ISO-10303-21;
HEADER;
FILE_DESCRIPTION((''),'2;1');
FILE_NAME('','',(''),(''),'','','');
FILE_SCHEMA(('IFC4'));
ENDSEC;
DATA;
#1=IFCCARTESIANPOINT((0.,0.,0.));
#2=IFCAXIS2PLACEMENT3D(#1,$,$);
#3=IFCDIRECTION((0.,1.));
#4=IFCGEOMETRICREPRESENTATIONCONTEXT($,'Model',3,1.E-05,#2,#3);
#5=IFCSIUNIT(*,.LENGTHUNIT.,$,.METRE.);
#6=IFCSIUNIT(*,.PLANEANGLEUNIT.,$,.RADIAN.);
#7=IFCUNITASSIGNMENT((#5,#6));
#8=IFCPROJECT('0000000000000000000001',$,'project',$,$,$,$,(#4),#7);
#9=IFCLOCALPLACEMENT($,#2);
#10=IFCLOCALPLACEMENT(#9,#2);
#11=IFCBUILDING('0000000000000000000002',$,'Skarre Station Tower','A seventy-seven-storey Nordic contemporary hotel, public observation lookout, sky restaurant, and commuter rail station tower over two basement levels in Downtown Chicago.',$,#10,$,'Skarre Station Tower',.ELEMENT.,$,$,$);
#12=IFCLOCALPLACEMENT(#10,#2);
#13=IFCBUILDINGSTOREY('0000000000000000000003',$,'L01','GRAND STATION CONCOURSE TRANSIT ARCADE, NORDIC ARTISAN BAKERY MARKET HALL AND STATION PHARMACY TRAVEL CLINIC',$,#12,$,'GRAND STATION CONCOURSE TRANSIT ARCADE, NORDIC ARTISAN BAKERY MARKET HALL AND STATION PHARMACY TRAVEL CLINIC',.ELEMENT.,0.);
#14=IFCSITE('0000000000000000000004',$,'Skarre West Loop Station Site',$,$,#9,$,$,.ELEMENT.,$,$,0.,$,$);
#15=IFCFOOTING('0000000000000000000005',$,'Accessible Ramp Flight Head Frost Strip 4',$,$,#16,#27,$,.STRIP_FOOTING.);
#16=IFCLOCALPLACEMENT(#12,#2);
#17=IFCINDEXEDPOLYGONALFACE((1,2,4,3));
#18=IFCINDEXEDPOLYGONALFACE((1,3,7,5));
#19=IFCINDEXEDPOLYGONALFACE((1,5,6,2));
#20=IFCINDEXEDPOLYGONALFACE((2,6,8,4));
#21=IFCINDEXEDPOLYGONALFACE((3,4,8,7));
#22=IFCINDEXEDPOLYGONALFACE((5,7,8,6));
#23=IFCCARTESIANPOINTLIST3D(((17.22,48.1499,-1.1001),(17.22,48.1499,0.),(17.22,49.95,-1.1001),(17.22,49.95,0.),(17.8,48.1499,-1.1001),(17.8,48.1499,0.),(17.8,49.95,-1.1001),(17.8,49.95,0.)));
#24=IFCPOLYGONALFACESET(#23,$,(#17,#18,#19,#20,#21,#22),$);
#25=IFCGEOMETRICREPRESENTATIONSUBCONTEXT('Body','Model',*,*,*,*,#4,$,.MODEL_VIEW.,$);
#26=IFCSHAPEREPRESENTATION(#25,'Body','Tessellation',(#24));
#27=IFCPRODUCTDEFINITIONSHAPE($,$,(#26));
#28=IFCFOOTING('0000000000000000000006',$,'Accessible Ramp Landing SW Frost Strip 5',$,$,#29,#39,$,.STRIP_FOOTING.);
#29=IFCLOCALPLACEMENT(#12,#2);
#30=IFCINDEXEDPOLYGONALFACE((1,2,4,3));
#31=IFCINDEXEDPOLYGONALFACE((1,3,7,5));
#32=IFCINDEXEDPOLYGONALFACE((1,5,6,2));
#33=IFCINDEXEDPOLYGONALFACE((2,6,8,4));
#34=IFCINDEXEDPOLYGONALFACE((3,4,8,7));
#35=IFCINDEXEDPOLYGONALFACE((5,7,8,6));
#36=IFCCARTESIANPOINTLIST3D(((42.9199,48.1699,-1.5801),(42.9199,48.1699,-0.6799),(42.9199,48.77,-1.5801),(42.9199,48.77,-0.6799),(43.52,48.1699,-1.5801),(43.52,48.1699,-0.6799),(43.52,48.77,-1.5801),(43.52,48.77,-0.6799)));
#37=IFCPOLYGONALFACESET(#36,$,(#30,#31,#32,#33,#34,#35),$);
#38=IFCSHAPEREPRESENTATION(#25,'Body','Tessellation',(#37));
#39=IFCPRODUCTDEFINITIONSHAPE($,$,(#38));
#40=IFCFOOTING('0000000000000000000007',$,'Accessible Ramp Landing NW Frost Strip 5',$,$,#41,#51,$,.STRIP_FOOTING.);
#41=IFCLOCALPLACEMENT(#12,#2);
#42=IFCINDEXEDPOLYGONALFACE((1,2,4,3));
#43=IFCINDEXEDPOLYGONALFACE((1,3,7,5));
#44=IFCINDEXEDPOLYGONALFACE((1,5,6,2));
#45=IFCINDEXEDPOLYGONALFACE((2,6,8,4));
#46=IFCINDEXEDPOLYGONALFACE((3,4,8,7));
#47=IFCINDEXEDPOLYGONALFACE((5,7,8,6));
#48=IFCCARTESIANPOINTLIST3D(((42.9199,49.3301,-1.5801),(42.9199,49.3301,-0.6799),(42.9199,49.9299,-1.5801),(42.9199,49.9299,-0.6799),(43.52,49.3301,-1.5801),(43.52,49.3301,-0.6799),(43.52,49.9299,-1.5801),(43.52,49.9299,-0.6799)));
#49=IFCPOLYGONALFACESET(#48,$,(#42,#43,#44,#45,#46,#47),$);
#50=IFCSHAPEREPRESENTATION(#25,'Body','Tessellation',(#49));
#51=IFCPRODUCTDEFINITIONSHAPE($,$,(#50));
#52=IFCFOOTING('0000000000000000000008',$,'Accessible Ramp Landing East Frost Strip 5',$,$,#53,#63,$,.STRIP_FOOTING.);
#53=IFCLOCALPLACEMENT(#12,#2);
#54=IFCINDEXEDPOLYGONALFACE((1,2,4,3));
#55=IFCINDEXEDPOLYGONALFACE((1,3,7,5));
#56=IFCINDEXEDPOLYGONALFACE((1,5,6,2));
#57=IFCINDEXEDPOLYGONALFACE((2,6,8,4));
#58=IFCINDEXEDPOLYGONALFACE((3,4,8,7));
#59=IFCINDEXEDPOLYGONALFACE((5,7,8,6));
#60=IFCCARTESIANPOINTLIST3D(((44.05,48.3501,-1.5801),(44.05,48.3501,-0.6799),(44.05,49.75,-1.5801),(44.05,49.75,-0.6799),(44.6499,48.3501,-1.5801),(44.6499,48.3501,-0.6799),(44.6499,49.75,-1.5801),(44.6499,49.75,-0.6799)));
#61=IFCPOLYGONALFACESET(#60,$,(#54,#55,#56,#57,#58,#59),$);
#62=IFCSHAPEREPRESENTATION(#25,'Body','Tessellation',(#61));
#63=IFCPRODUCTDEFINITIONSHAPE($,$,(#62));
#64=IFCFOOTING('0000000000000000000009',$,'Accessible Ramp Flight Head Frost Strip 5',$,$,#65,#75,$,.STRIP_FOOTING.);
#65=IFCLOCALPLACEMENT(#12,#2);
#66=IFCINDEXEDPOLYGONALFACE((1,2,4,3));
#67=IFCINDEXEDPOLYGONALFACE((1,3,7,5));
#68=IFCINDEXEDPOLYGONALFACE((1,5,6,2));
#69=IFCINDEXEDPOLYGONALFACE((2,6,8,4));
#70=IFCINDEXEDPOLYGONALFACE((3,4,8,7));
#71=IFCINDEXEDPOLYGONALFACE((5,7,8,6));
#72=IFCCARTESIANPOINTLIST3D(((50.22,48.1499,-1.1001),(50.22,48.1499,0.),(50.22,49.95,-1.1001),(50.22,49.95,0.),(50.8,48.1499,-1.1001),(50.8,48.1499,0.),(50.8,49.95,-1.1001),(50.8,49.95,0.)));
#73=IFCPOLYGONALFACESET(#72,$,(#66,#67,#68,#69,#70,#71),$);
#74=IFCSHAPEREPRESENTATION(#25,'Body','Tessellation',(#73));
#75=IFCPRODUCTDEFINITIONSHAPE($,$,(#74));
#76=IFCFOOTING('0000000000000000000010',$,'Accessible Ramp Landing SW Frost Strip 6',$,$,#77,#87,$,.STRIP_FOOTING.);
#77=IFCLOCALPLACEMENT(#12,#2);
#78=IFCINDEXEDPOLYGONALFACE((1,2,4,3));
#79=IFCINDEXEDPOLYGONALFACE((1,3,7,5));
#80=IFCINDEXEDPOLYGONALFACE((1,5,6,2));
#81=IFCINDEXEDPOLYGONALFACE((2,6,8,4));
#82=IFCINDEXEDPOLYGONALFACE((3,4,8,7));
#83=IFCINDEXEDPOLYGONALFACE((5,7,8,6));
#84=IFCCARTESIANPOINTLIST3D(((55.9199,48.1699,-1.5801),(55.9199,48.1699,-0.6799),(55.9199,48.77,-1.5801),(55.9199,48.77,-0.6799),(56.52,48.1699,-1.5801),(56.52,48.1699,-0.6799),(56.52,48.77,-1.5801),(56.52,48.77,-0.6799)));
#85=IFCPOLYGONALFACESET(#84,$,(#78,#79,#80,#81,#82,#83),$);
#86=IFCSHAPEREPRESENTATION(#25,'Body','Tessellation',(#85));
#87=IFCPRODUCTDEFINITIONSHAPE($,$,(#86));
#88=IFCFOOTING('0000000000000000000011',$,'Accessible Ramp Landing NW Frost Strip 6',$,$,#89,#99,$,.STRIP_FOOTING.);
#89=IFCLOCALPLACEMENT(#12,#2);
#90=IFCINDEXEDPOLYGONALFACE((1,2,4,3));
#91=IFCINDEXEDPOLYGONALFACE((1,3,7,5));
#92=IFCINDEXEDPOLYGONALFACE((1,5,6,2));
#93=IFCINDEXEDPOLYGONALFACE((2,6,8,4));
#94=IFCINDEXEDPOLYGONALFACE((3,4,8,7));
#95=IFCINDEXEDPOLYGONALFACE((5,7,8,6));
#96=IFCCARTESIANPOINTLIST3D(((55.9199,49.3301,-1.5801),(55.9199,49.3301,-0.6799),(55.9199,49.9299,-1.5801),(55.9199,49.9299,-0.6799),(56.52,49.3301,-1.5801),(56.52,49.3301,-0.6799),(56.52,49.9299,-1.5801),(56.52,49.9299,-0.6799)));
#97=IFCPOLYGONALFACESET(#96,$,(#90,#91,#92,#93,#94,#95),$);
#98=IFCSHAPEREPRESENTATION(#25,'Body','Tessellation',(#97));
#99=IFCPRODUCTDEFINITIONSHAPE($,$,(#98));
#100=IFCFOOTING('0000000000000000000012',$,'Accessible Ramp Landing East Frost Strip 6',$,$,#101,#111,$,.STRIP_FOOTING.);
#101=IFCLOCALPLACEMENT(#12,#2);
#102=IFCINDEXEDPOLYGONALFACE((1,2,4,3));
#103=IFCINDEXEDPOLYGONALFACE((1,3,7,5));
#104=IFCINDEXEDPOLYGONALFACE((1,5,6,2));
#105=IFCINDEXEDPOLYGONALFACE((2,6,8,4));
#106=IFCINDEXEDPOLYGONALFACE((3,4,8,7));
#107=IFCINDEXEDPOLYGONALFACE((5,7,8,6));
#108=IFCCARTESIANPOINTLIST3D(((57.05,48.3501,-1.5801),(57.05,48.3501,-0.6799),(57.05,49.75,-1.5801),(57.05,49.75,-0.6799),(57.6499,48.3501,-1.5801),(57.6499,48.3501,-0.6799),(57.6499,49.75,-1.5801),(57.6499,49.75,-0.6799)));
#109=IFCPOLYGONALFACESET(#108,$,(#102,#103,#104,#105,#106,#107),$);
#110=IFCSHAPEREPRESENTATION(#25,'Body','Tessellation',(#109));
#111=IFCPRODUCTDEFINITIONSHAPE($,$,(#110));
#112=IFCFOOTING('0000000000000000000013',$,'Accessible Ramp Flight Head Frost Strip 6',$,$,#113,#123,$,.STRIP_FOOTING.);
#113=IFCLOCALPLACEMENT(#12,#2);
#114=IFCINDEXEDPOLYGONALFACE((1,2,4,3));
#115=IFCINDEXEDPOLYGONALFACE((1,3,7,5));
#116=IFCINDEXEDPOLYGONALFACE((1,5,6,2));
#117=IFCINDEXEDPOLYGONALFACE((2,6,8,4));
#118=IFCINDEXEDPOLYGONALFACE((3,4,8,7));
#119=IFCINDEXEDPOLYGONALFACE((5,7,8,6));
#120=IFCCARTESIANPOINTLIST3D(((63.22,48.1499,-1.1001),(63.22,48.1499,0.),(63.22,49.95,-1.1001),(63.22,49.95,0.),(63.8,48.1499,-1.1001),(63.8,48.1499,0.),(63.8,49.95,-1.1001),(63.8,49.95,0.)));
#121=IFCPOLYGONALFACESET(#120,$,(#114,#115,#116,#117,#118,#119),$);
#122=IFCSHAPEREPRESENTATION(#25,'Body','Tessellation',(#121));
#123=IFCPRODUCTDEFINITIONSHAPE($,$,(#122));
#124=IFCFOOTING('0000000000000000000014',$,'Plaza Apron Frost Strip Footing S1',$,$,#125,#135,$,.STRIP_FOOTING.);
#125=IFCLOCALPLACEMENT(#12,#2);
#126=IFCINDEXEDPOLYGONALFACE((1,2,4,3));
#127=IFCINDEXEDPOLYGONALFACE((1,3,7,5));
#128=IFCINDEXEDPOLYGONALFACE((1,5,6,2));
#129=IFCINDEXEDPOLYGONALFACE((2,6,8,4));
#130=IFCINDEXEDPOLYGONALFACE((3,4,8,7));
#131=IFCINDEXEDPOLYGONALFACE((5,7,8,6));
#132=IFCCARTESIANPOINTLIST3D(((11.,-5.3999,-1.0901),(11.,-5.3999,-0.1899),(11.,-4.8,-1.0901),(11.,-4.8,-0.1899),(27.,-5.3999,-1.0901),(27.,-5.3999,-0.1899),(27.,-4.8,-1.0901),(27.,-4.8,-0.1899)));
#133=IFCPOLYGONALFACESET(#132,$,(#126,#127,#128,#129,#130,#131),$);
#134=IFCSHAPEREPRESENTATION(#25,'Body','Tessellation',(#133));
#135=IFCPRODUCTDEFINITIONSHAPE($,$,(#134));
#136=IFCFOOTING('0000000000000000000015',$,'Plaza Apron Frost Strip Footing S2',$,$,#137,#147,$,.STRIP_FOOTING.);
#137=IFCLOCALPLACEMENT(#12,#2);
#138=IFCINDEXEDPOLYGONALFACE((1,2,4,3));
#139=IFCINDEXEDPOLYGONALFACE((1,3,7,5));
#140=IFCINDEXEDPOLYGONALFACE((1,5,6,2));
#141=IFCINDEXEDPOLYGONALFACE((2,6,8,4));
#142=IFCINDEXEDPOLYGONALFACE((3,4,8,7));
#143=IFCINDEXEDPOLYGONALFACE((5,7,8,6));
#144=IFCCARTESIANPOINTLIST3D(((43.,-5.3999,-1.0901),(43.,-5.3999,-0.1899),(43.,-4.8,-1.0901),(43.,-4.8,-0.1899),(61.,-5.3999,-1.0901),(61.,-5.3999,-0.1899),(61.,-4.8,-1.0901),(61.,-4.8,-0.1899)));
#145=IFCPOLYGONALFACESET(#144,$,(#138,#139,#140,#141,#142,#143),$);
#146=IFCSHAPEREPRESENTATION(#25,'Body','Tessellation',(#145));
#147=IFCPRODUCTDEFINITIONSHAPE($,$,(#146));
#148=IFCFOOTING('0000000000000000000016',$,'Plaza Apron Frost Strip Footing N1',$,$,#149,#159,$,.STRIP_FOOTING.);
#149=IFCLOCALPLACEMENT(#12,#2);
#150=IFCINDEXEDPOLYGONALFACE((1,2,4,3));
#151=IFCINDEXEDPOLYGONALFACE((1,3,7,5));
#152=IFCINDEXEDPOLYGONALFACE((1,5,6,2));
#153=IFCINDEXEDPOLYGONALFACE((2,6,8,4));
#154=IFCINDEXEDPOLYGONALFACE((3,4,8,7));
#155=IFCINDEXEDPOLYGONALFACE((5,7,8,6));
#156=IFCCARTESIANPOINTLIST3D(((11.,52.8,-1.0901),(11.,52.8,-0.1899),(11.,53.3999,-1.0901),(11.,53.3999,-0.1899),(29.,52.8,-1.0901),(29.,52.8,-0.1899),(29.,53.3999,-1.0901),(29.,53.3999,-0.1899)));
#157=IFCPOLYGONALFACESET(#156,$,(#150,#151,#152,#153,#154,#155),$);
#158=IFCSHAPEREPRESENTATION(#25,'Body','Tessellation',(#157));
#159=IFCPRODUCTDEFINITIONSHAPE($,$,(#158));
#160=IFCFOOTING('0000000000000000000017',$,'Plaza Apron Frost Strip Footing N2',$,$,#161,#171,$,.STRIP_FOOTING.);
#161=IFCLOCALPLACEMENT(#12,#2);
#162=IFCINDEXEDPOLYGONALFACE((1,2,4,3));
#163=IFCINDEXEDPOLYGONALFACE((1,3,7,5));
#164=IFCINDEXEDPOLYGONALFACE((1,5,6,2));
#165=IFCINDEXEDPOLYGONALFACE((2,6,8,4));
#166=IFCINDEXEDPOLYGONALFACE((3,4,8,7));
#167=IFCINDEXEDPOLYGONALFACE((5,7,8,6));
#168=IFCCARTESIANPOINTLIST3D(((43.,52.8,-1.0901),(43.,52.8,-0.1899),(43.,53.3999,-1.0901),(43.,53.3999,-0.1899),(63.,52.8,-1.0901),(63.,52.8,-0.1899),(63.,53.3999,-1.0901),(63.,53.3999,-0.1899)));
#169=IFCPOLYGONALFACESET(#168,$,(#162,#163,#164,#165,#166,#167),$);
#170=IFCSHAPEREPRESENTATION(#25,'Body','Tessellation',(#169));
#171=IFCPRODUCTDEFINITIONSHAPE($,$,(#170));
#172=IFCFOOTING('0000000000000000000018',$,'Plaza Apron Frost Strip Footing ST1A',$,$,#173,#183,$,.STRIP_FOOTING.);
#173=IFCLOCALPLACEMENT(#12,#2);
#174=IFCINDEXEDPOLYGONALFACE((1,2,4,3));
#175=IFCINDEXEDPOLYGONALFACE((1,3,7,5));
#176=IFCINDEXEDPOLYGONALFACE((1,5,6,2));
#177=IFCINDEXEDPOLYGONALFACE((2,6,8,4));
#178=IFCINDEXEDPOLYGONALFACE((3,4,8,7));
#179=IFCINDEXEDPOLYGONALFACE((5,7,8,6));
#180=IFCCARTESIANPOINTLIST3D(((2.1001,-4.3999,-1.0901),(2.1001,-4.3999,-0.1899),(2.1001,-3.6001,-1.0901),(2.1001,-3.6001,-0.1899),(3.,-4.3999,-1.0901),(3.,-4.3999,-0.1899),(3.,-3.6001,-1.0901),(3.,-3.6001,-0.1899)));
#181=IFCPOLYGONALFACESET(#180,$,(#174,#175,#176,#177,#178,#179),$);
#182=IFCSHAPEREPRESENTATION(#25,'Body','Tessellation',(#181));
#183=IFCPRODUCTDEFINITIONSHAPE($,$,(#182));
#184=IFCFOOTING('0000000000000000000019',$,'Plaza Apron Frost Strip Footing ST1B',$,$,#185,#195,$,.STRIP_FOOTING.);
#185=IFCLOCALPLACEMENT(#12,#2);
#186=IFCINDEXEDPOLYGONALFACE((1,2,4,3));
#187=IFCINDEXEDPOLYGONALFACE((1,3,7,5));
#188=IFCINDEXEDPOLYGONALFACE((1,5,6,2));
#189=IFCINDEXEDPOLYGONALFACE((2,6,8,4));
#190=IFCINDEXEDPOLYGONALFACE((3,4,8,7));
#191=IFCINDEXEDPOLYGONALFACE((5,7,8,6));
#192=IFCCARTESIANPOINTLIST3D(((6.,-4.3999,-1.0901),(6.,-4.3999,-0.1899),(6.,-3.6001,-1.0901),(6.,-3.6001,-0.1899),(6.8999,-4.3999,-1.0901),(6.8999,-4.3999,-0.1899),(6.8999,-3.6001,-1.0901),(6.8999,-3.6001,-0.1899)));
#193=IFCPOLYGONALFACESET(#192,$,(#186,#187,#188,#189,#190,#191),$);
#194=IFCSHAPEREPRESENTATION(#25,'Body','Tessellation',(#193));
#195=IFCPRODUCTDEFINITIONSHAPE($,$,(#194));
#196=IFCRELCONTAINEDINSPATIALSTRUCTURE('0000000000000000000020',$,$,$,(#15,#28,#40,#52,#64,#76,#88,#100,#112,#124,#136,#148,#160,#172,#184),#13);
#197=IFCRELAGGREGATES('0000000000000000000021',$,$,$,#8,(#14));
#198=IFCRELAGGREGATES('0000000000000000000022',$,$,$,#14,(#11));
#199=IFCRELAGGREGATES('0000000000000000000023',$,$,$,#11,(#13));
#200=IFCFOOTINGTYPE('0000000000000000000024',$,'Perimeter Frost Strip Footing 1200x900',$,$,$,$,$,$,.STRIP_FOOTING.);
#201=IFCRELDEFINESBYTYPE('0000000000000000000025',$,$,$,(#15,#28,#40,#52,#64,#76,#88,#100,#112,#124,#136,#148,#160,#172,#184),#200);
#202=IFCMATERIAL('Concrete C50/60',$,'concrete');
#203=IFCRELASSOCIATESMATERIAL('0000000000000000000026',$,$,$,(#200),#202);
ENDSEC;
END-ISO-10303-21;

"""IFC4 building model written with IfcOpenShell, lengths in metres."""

from ifc_helpers import new_model, si_unit, direction, frame, origin, place, context, subcontext, project, spatial, polyline, outline, extrude, material, type_object, element, save


model = new_model("IFC4")

# Units and contexts
model_context = context("Model", 3, precision=1e-05, world=origin(), true_north=direction((0.0, 1.0)))
body_context = subcontext(model_context, "Body", "Model", "MODEL_VIEW")
ifc_project = project(units=[si_unit("LENGTHUNIT", "METRE"), si_unit("PLANEANGLEUNIT", "RADIAN")], contexts=[model_context])

# Site, building, storey
site_placement = place(None, origin())
site = spatial("IfcSite", under=ifc_project, at=site_placement, Name="Skarre West Loop Station Site", CompositionType="ELEMENT", RefElevation=0.0)
building_placement = place(site_placement, origin())
building = spatial("IfcBuilding", under=site, at=building_placement, Name="Skarre Station Tower", Description="A seventy-seven-storey Nordic contemporary hotel, public observation lookout, sky restaurant, and commuter rail station tower over two basement levels in Downtown Chicago.", LongName="Skarre Station Tower", CompositionType="ELEMENT")
storey_placement = place(building_placement, origin())
storey = spatial("IfcBuildingStorey", under=building, at=storey_placement, Name="L01", Description="GRAND STATION CONCOURSE TRANSIT ARCADE, NORDIC ARTISAN BAKERY MARKET HALL AND STATION PHARMACY TRAVEL CLINIC", LongName="GRAND STATION CONCOURSE TRANSIT ARCADE, NORDIC ARTISAN BAKERY MARKET HALL AND STATION PHARMACY TRAVEL CLINIC", CompositionType="ELEMENT", Elevation=0.0)

# Footings
ifc_material = material(Name="Concrete C50/60", Category="concrete")
footing_type = type_object("IfcFootingType", Name="Perimeter Frost Strip Footing 1200x900", PredefinedType="STRIP_FOOTING", material=ifc_material)
footing_1_placement = place(storey_placement, frame((0.0, 0.0, -1.1001)))
element("IfcFooting", 1, at=footing_1_placement, inside=storey, type_object=footing_type, Name="Accessible Ramp Flight Head Frost Strip 4", PredefinedType="STRIP_FOOTING", context=body_context, shape_type="SweptSolid", body=[
    extrude(outline(polyline([(17.22, 48.1499), (17.8, 48.1499), (17.8, 49.95), (17.22, 49.95), (17.22, 48.1499)])), origin(), (0.0, 0.0, 1.0), 1.1001),
])
footing_2_placement = place(storey_placement, frame((0.0, 0.0, -1.5801)))
element("IfcFooting", 2, at=footing_2_placement, inside=storey, type_object=footing_type, Name="Accessible Ramp Landing SW Frost Strip 5", PredefinedType="STRIP_FOOTING", context=body_context, shape_type="SweptSolid", body=[
    extrude(outline(polyline([(42.9199, 48.1699), (43.52, 48.1699), (43.52, 48.77), (42.9199, 48.77), (42.9199, 48.1699)])), origin(), (0.0, 0.0, 1.0), 0.9001),
])
footing_3_placement = place(storey_placement, frame((0.0, 0.0, -1.5801)))
element("IfcFooting", 3, at=footing_3_placement, inside=storey, type_object=footing_type, Name="Accessible Ramp Landing NW Frost Strip 5", PredefinedType="STRIP_FOOTING", context=body_context, shape_type="SweptSolid", body=[
    extrude(outline(polyline([(42.9199, 49.3301), (43.52, 49.3301), (43.52, 49.9299), (42.9199, 49.9299), (42.9199, 49.3301)])), origin(), (0.0, 0.0, 1.0), 0.9001),
])
footing_4_placement = place(storey_placement, frame((0.0, 0.0, -1.5801)))
element("IfcFooting", 4, at=footing_4_placement, inside=storey, type_object=footing_type, Name="Accessible Ramp Landing East Frost Strip 5", PredefinedType="STRIP_FOOTING", context=body_context, shape_type="SweptSolid", body=[
    extrude(outline(polyline([(44.05, 48.3501), (44.6499, 48.3501), (44.6499, 49.75), (44.05, 49.75), (44.05, 48.3501)])), origin(), (0.0, 0.0, 1.0), 0.9001),
])
footing_5_placement = place(storey_placement, frame((0.0, 0.0, -1.1001)))
element("IfcFooting", 5, at=footing_5_placement, inside=storey, type_object=footing_type, Name="Accessible Ramp Flight Head Frost Strip 5", PredefinedType="STRIP_FOOTING", context=body_context, shape_type="SweptSolid", body=[
    extrude(outline(polyline([(50.22, 48.1499), (50.8, 48.1499), (50.8, 49.95), (50.22, 49.95), (50.22, 48.1499)])), origin(), (0.0, 0.0, 1.0), 1.1001),
])
footing_6_placement = place(storey_placement, frame((0.0, 0.0, -1.5801)))
element("IfcFooting", 6, at=footing_6_placement, inside=storey, type_object=footing_type, Name="Accessible Ramp Landing SW Frost Strip 6", PredefinedType="STRIP_FOOTING", context=body_context, shape_type="SweptSolid", body=[
    extrude(outline(polyline([(55.9199, 48.1699), (56.52, 48.1699), (56.52, 48.77), (55.9199, 48.77), (55.9199, 48.1699)])), origin(), (0.0, 0.0, 1.0), 0.9001),
])
footing_7_placement = place(storey_placement, frame((0.0, 0.0, -1.5801)))
element("IfcFooting", 7, at=footing_7_placement, inside=storey, type_object=footing_type, Name="Accessible Ramp Landing NW Frost Strip 6", PredefinedType="STRIP_FOOTING", context=body_context, shape_type="SweptSolid", body=[
    extrude(outline(polyline([(55.9199, 49.3301), (56.52, 49.3301), (56.52, 49.9299), (55.9199, 49.9299), (55.9199, 49.3301)])), origin(), (0.0, 0.0, 1.0), 0.9001),
])
footing_8_placement = place(storey_placement, frame((0.0, 0.0, -1.5801)))
element("IfcFooting", 8, at=footing_8_placement, inside=storey, type_object=footing_type, Name="Accessible Ramp Landing East Frost Strip 6", PredefinedType="STRIP_FOOTING", context=body_context, shape_type="SweptSolid", body=[
    extrude(outline(polyline([(57.05, 48.3501), (57.6499, 48.3501), (57.6499, 49.75), (57.05, 49.75), (57.05, 48.3501)])), origin(), (0.0, 0.0, 1.0), 0.9001),
])
footing_9_placement = place(storey_placement, frame((0.0, 0.0, -1.1001)))
element("IfcFooting", 9, at=footing_9_placement, inside=storey, type_object=footing_type, Name="Accessible Ramp Flight Head Frost Strip 6", PredefinedType="STRIP_FOOTING", context=body_context, shape_type="SweptSolid", body=[
    extrude(outline(polyline([(63.22, 48.1499), (63.8, 48.1499), (63.8, 49.95), (63.22, 49.95), (63.22, 48.1499)])), origin(), (0.0, 0.0, 1.0), 1.1001),
])
footing_10_placement = place(storey_placement, frame((0.0, 0.0, -1.0901)))
element("IfcFooting", 10, at=footing_10_placement, inside=storey, type_object=footing_type, Name="Plaza Apron Frost Strip Footing S1", PredefinedType="STRIP_FOOTING", context=body_context, shape_type="SweptSolid", body=[
    extrude(outline(polyline([(11.0, -5.3999), (27.0, -5.3999), (27.0, -4.8), (11.0, -4.8), (11.0, -5.3999)])), origin(), (0.0, 0.0, 1.0), 0.9001),
])
footing_11_placement = place(storey_placement, frame((0.0, 0.0, -1.0901)))
element("IfcFooting", 11, at=footing_11_placement, inside=storey, type_object=footing_type, Name="Plaza Apron Frost Strip Footing S2", PredefinedType="STRIP_FOOTING", context=body_context, shape_type="SweptSolid", body=[
    extrude(outline(polyline([(43.0, -5.3999), (61.0, -5.3999), (61.0, -4.8), (43.0, -4.8), (43.0, -5.3999)])), origin(), (0.0, 0.0, 1.0), 0.9001),
])
footing_12_placement = place(storey_placement, frame((0.0, 0.0, -1.0901)))
element("IfcFooting", 12, at=footing_12_placement, inside=storey, type_object=footing_type, Name="Plaza Apron Frost Strip Footing N1", PredefinedType="STRIP_FOOTING", context=body_context, shape_type="SweptSolid", body=[
    extrude(outline(polyline([(11.0, 52.8), (29.0, 52.8), (29.0, 53.3999), (11.0, 53.3999), (11.0, 52.8)])), origin(), (0.0, 0.0, 1.0), 0.9001),
])
footing_13_placement = place(storey_placement, frame((0.0, 0.0, -1.0901)))
element("IfcFooting", 13, at=footing_13_placement, inside=storey, type_object=footing_type, Name="Plaza Apron Frost Strip Footing N2", PredefinedType="STRIP_FOOTING", context=body_context, shape_type="SweptSolid", body=[
    extrude(outline(polyline([(43.0, 52.8), (63.0, 52.8), (63.0, 53.3999), (43.0, 53.3999), (43.0, 52.8)])), origin(), (0.0, 0.0, 1.0), 0.9001),
])
footing_14_placement = place(storey_placement, frame((0.0, 0.0, -1.0901)))
element("IfcFooting", 14, at=footing_14_placement, inside=storey, type_object=footing_type, Name="Plaza Apron Frost Strip Footing ST1A", PredefinedType="STRIP_FOOTING", context=body_context, shape_type="SweptSolid", body=[
    extrude(outline(polyline([(2.1001, -4.3999), (3.0, -4.3999), (3.0, -3.6001), (2.1001, -3.6001), (2.1001, -4.3999)])), origin(), (0.0, 0.0, 1.0), 0.9001),
])
footing_15_placement = place(storey_placement, frame((0.0, 0.0, -1.0901)))
element("IfcFooting", 15, at=footing_15_placement, inside=storey, type_object=footing_type, Name="Plaza Apron Frost Strip Footing ST1B", PredefinedType="STRIP_FOOTING", context=body_context, shape_type="SweptSolid", body=[
    extrude(outline(polyline([(6.0, -4.3999), (6.8999, -4.3999), (6.8999, -3.6001), (6.0, -3.6001), (6.0, -4.3999)])), origin(), (0.0, 0.0, 1.0), 0.9001),
])

save(model, "model.ifc")
